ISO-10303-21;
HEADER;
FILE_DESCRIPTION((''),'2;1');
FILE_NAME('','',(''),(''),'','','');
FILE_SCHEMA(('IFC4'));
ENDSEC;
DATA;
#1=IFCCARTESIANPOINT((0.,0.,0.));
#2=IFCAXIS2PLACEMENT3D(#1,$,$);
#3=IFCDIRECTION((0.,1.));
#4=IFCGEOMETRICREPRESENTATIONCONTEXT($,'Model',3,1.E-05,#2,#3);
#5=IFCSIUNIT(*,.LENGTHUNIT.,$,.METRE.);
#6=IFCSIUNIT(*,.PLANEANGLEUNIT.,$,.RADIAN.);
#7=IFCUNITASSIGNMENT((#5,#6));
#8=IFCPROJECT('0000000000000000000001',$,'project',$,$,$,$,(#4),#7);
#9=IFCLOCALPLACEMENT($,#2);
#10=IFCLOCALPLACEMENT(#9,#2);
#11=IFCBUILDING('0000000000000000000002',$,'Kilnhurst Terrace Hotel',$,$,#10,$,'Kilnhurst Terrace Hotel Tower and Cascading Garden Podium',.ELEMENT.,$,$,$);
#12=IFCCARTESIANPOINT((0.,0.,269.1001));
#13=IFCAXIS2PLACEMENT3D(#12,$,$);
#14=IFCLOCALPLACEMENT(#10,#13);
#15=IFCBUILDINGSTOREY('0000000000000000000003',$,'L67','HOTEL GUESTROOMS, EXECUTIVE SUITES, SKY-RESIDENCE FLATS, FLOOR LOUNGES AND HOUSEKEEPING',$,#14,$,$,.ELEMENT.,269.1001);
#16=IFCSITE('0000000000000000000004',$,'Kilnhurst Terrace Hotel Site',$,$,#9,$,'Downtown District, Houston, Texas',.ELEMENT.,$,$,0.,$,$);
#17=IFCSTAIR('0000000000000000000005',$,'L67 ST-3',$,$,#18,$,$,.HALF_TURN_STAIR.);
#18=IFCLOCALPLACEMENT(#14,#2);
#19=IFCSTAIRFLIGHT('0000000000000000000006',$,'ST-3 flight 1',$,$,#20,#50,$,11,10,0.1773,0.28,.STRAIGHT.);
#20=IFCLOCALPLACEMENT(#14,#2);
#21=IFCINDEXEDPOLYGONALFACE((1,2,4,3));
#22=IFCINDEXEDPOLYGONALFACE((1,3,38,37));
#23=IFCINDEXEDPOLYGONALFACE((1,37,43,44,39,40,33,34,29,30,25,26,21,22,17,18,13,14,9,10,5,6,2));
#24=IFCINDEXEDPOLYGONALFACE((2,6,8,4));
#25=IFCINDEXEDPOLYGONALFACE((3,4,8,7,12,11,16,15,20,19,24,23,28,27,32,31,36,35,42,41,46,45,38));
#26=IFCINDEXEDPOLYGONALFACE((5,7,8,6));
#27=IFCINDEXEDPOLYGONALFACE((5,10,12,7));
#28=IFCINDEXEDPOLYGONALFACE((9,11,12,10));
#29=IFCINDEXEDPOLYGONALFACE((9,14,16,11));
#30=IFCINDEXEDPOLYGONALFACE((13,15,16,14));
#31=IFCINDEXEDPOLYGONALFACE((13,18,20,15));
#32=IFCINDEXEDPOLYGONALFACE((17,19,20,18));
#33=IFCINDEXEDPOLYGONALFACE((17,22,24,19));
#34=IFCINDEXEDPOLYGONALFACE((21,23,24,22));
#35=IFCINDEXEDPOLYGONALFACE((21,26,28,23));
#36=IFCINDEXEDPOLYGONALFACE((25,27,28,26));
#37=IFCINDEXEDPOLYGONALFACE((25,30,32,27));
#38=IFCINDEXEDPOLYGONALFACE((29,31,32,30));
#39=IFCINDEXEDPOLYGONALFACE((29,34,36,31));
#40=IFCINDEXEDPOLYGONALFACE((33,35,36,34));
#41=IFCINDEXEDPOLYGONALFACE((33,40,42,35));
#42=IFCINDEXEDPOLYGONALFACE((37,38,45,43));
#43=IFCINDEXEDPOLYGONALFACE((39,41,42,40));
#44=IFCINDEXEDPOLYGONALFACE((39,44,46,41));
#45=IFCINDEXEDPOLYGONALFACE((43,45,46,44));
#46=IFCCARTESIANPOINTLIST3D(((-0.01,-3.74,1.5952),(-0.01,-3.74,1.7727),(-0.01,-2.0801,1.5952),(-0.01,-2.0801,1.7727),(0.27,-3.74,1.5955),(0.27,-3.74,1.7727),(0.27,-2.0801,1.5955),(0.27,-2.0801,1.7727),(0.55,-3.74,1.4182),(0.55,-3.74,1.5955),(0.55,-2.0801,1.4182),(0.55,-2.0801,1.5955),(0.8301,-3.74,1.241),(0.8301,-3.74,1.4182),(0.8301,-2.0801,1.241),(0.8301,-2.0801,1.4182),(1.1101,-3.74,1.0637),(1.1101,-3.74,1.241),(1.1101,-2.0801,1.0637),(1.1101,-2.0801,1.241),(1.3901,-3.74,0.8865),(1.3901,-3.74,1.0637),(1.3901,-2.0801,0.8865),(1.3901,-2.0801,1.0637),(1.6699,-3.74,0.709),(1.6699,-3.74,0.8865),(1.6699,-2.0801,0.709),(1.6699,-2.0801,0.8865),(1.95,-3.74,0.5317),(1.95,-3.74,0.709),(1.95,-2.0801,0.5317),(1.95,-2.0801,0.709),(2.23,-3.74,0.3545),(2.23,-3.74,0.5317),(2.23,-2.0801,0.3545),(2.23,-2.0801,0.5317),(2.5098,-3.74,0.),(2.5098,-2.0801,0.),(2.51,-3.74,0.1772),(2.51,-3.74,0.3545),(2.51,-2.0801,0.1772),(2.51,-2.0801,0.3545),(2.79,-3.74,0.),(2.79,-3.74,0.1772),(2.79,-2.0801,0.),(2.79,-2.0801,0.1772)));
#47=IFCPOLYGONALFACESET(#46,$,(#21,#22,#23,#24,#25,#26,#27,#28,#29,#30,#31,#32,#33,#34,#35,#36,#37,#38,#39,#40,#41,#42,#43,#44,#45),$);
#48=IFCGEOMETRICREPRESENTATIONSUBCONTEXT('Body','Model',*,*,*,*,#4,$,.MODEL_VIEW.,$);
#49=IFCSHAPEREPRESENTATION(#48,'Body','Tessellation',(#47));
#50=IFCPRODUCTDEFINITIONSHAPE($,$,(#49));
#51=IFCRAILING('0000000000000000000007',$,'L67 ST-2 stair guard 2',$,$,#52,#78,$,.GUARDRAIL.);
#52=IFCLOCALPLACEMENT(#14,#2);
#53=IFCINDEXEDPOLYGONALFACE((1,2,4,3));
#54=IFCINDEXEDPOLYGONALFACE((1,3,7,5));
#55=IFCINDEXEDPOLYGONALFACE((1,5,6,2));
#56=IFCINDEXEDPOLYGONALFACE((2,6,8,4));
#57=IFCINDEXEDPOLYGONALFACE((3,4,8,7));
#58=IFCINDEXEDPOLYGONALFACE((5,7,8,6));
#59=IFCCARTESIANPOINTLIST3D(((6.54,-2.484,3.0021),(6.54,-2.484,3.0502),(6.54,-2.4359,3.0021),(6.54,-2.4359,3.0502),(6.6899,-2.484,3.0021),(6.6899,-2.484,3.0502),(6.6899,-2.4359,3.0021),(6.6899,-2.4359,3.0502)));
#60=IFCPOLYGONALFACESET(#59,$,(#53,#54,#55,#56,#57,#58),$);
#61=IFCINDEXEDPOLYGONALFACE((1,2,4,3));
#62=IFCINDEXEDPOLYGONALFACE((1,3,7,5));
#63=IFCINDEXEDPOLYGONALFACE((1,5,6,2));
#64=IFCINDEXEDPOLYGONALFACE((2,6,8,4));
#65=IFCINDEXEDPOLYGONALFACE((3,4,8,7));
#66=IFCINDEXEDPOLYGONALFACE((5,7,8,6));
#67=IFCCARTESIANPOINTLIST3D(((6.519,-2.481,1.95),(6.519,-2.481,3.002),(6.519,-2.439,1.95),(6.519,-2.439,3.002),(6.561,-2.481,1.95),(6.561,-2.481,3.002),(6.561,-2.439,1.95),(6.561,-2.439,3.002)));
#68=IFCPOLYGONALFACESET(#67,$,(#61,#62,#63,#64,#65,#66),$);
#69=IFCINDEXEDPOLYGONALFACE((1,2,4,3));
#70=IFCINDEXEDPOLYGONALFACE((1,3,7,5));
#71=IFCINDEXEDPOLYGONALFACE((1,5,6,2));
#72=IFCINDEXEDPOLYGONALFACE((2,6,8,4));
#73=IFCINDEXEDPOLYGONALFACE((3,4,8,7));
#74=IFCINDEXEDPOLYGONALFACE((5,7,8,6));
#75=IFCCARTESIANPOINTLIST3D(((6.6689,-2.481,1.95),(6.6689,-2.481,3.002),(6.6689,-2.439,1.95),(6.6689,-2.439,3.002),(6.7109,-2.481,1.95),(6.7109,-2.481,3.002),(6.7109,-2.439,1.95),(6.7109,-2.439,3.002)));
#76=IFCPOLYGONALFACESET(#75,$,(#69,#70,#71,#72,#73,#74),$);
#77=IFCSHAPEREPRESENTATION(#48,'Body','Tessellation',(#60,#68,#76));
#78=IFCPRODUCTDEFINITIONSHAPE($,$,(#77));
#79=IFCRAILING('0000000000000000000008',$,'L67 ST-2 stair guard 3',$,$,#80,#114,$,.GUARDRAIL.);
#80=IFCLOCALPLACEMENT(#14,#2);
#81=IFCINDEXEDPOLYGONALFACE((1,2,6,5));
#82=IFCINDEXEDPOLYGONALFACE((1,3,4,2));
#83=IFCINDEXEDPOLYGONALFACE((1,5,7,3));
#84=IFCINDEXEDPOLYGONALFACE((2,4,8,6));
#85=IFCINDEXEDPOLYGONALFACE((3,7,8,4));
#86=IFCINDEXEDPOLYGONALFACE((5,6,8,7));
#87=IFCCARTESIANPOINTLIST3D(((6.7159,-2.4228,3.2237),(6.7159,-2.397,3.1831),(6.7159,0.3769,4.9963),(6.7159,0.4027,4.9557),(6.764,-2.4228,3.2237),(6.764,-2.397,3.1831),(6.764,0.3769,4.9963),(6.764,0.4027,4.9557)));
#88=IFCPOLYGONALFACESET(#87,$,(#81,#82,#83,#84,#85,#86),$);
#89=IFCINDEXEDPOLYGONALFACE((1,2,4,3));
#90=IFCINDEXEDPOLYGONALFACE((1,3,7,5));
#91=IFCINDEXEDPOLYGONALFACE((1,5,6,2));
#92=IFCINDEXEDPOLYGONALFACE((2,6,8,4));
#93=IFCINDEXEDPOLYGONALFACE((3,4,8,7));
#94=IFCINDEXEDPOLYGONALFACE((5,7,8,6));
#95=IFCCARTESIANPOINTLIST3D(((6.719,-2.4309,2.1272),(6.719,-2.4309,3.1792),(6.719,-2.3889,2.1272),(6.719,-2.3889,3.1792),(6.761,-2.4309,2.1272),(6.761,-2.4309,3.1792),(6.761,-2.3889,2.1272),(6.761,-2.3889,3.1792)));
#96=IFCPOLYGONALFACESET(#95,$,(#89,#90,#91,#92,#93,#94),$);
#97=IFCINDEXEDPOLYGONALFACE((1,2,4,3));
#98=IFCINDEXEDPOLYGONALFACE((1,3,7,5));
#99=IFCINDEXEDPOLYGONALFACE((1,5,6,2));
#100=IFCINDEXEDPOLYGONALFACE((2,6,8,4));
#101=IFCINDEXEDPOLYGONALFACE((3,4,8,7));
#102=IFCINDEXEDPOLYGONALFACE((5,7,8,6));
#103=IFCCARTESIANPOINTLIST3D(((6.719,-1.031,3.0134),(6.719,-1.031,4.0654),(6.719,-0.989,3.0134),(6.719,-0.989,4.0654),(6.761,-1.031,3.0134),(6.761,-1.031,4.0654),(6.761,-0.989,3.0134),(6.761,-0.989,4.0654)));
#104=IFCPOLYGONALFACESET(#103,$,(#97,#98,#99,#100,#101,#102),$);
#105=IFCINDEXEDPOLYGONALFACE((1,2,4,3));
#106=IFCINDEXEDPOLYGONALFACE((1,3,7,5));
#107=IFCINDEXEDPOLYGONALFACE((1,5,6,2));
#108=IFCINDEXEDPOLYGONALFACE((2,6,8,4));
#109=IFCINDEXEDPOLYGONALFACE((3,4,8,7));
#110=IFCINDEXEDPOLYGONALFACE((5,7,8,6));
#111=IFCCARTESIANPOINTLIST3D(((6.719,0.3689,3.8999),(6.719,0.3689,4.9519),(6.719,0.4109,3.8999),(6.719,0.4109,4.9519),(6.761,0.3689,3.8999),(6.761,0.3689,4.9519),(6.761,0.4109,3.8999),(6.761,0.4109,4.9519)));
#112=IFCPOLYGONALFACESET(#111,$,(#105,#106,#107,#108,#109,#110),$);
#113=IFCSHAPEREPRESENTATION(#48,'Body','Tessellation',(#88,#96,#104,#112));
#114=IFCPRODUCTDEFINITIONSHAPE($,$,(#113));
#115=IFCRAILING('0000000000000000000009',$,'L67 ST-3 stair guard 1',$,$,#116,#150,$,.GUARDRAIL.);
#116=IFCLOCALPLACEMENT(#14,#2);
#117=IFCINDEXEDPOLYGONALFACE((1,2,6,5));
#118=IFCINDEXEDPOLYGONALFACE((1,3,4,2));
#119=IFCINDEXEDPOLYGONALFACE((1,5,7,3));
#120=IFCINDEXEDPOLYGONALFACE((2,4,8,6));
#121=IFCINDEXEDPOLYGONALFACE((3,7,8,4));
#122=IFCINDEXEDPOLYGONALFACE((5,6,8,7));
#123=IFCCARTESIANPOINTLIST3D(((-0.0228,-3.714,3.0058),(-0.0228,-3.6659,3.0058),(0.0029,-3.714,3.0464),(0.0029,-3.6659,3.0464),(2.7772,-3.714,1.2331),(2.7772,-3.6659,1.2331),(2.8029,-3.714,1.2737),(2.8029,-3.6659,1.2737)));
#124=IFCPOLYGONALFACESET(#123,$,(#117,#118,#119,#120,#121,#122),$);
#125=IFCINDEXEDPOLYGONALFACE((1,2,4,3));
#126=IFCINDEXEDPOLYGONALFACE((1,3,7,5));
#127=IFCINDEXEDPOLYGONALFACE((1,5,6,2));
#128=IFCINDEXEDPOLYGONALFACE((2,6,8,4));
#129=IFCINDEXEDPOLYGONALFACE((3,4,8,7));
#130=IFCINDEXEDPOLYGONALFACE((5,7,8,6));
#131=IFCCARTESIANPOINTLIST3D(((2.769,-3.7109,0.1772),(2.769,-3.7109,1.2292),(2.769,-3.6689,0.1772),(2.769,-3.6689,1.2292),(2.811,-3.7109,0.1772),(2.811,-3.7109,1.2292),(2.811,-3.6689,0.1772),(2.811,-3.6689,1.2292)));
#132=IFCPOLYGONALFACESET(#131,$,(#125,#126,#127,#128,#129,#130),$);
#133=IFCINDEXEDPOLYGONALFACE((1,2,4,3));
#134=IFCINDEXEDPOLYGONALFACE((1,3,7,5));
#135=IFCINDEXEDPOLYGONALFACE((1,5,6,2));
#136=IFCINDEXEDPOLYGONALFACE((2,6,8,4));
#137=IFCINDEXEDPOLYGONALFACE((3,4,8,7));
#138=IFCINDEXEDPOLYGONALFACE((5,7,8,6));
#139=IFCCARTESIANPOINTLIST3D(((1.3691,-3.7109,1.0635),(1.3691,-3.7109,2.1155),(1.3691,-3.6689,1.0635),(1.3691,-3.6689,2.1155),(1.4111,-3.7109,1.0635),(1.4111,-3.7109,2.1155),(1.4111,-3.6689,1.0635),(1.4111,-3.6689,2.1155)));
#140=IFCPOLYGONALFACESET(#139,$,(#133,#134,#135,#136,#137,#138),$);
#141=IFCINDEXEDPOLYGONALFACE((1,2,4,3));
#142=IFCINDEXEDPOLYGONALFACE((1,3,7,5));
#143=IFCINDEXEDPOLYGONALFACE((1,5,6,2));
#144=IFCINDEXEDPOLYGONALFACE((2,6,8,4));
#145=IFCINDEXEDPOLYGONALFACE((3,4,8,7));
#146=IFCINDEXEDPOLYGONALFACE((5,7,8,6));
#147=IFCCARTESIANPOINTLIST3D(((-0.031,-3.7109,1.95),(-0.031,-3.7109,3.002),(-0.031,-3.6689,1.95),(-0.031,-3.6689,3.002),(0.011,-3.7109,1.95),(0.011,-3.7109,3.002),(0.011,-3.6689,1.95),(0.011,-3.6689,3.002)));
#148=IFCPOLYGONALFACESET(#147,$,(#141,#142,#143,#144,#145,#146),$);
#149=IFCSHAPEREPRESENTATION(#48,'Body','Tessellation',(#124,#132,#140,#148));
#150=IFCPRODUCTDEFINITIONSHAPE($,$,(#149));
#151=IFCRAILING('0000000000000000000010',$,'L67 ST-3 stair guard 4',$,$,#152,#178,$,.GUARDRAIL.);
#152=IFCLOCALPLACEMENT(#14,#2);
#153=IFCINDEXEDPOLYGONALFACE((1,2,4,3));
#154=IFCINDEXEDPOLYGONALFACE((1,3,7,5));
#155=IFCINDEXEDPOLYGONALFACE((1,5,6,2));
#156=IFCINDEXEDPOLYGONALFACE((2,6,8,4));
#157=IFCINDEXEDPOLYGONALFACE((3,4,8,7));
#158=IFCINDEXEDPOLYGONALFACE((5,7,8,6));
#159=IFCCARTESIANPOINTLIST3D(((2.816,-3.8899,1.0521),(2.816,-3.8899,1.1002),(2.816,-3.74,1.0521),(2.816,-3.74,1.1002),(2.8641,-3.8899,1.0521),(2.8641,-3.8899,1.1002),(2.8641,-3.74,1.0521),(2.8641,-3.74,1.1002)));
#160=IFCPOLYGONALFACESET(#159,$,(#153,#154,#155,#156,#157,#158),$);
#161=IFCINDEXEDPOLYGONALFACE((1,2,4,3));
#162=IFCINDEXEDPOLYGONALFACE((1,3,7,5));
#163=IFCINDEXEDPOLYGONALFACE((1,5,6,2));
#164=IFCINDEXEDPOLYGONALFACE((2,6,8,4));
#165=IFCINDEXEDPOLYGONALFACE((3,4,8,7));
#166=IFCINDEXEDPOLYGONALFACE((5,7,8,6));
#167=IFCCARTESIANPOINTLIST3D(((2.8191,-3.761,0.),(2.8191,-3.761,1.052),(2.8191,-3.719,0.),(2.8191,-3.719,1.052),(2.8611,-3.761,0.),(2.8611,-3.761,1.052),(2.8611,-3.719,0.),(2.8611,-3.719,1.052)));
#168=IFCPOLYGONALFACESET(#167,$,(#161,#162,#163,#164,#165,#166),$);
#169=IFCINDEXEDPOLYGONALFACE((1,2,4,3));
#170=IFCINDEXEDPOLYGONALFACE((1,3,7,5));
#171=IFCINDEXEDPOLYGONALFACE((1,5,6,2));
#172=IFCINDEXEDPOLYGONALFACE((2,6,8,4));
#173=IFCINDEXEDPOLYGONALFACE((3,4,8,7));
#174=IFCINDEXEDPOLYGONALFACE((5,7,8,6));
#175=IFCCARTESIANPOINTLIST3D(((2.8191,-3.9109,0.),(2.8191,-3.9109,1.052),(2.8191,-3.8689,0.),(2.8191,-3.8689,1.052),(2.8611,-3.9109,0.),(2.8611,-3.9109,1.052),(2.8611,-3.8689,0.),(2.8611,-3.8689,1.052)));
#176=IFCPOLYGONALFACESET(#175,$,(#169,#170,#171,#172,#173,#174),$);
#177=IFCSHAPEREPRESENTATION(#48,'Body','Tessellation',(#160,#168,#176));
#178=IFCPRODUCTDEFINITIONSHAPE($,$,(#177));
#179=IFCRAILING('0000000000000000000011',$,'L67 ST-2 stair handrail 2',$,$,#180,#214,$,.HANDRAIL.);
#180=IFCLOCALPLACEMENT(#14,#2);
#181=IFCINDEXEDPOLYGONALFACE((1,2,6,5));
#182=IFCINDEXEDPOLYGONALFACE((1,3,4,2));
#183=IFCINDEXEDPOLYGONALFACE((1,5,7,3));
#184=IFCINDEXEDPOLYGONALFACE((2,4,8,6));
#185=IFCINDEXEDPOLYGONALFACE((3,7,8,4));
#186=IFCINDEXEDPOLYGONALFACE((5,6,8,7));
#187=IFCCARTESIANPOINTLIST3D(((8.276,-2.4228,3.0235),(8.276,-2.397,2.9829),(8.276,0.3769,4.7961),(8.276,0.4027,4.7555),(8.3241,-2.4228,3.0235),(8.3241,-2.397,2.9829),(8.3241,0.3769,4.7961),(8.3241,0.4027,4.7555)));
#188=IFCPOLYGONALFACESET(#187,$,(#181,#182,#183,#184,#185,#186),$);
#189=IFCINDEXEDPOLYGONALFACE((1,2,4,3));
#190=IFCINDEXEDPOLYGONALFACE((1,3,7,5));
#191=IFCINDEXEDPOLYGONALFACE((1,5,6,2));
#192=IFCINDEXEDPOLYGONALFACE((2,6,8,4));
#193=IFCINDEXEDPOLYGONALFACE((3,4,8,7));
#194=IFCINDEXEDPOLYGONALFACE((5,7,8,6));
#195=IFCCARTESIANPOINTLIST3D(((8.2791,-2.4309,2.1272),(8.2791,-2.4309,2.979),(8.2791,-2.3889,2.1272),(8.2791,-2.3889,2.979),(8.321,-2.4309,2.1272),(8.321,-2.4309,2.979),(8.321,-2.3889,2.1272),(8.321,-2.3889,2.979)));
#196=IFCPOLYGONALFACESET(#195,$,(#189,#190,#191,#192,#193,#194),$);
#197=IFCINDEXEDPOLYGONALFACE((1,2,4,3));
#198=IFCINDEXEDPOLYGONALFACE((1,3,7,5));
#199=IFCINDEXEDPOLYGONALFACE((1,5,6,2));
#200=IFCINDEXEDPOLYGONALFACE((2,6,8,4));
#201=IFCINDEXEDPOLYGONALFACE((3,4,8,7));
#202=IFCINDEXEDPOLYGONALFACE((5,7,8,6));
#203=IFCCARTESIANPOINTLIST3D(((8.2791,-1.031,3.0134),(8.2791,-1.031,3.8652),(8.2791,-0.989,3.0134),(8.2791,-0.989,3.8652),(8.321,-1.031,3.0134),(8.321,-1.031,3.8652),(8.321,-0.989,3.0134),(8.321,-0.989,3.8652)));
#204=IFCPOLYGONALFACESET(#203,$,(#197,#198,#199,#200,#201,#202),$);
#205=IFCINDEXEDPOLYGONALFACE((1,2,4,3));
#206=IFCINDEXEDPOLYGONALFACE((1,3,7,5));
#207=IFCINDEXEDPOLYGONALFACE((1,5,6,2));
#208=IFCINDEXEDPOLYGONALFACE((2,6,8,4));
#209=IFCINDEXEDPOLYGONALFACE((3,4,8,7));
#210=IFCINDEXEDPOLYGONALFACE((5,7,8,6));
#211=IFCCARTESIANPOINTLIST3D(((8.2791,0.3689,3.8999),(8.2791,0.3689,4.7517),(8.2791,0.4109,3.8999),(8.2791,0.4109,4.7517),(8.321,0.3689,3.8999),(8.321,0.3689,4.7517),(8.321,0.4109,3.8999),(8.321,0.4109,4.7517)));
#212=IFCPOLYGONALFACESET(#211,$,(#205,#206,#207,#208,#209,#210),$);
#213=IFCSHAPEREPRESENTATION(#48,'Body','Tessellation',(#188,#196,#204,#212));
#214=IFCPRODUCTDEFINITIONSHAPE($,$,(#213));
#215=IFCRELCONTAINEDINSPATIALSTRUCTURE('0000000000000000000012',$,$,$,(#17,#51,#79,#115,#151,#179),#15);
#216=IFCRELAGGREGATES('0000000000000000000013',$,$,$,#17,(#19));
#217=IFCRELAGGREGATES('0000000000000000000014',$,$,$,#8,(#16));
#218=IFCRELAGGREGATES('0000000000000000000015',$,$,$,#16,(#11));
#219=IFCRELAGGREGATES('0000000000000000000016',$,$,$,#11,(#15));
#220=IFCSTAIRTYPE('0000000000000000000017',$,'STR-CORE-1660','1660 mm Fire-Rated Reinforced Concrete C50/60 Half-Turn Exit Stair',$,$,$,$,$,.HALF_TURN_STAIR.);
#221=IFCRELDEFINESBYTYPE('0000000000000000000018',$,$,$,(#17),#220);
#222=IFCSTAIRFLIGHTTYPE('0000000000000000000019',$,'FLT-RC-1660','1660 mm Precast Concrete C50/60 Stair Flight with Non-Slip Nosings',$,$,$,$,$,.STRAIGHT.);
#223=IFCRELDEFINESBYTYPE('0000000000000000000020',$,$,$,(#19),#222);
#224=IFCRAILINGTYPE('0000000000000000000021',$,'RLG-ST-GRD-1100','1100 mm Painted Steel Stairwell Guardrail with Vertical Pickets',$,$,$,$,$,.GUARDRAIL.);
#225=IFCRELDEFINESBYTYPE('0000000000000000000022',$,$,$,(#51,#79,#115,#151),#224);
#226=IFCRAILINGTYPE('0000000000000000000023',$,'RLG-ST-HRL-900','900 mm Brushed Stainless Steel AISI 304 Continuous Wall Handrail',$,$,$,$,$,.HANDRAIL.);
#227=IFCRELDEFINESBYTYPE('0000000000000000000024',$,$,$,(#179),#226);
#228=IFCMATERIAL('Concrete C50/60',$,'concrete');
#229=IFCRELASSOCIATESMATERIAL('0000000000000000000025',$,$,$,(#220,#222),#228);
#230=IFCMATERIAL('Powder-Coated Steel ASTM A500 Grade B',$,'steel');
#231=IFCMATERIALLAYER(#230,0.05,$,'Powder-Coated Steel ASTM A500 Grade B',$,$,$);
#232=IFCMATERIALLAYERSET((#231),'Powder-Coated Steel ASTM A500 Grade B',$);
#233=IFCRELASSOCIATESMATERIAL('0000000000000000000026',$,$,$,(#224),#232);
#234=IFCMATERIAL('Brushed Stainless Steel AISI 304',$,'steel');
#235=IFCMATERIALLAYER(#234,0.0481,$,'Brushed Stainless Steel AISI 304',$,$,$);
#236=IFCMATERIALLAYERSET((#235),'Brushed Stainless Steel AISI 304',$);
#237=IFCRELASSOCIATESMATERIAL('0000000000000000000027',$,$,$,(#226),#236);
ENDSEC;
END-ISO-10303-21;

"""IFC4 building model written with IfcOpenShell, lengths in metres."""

from ifc_helpers import new_model, si_unit, direction, frame, origin, origin_2d, place, context, subcontext, project, spatial, polyline, rectangle, outline, extrude, material, layer, layer_set, type_object, element, aggregate, save


model = new_model("IFC4")

# Units and contexts
model_context = context("Model", 3, precision=1e-05, world=origin(), true_north=direction((0.0, 1.0)))
body_context = subcontext(model_context, "Body", "Model", "MODEL_VIEW")
ifc_project = project(units=[si_unit("LENGTHUNIT", "METRE"), si_unit("PLANEANGLEUNIT", "RADIAN")], contexts=[model_context])

# Site, building, storey
site_placement = place(None, origin())
site = spatial("IfcSite", under=ifc_project, at=site_placement, Name="Kilnhurst Terrace Hotel Site", LongName="Downtown District, Houston, Texas", CompositionType="ELEMENT", RefElevation=0.0)
building_placement = place(site_placement, origin())
building = spatial("IfcBuilding", under=site, at=building_placement, Name="Kilnhurst Terrace Hotel", LongName="Kilnhurst Terrace Hotel Tower and Cascading Garden Podium", CompositionType="ELEMENT")
storey_placement = place(building_placement, frame((0.0, 0.0, 269.1001)))
storey = spatial("IfcBuildingStorey", under=building, at=storey_placement, Name="L67", Description="HOTEL GUESTROOMS, EXECUTIVE SUITES, SKY-RESIDENCE FLATS, FLOOR LOUNGES AND HOUSEKEEPING", CompositionType="ELEMENT", Elevation=269.1001)

# Shared definitions
ifc_material_1 = material(Name="Concrete C50/60", Category="concrete")

# Stair, stair flight
stair_type = type_object("IfcStairType", Name="STR-CORE-1660", Description="1660 mm Fire-Rated Reinforced Concrete C50/60 Half-Turn Exit Stair", PredefinedType="HALF_TURN_STAIR", material=ifc_material_1)
stair_flight_type = type_object("IfcStairFlightType", Name="FLT-RC-1660", Description="1660 mm Precast Concrete C50/60 Stair Flight with Non-Slip Nosings", PredefinedType="STRAIGHT", material=ifc_material_1)
stair_1_placement = place(storey_placement, origin())
stair_1 = element("IfcStair", 1, at=stair_1_placement, inside=storey, type_object=stair_type, Name="L67 ST-3", PredefinedType="HALF_TURN_STAIR")
stair_flight_1_placement = place(storey_placement, frame((2.79, -2.9099, 0.0), z_axis=(0.0, 0.0, 1.0), x_axis=(-1.0, 0.0, 0.0)))
stair_flight_1 = element("IfcStairFlight", 2, at=stair_flight_1_placement, type_object=stair_flight_type, Name="ST-3 flight 1", NumberOfRisers=11, NumberOfTreads=10, PredefinedType="STRAIGHT", RiserHeight=0.1773, TreadLength=0.28, context=body_context, shape_type="SweptSolid", body=[
    extrude(outline(polyline([(0.0, 0.0), (0.0, 0.1772), (0.28, 0.1772), (0.28, 0.3545), (0.5601, 0.3545), (0.5601, 0.5317), (0.8401, 0.5317), (0.8401, 0.709), (1.1201, 0.709), (1.1201, 0.8865), (1.3999, 0.8865), (1.3999, 1.0637), (1.6799, 1.0637), (1.6799, 1.241), (1.96, 1.241), (1.96, 1.4182), (2.24, 1.4182), (2.24, 1.5955), (2.52, 1.5955), (2.52, 1.7727), (2.8, 1.7727), (2.8, 1.95), (2.8, 1.5952), (0.2803, 0.0), (0.0, 0.0)])), frame((0.0, 0.8301, 0.0), z_axis=(0.0, -1.0, 0.0), x_axis=(1.0, 0.0, 0.0)), (0.0, 0.0, 1.0), 1.6599),
])
aggregate(stair_1, [stair_flight_1])

# Railings
ifc_material_2 = material(Name="Powder-Coated Steel ASTM A500 Grade B", Category="steel")
ifc_layer_1 = layer(ifc_material_2, 0.05, Name="Powder-Coated Steel ASTM A500 Grade B")
ifc_layer_set_1 = layer_set([ifc_layer_1], Name="Powder-Coated Steel ASTM A500 Grade B")
railing_type_1 = type_object("IfcRailingType", Name="RLG-ST-GRD-1100", Description="1100 mm Painted Steel Stairwell Guardrail with Vertical Pickets", PredefinedType="GUARDRAIL", material=ifc_layer_set_1)
railing_1_placement = place(storey_placement, frame((6.54, -2.46, 1.95)))
element("IfcRailing", 3, at=railing_1_placement, inside=storey, type_object=railing_type_1, Name="L67 ST-2 stair guard 2", PredefinedType="GUARDRAIL", context=body_context, shape_type="SweptSolid", body=[
    extrude(rectangle(XDim=0.0481, YDim=0.0481, at=origin_2d()), frame((0.0, 0.0, 1.0762), z_axis=(1.0, 0.0, 0.0), x_axis=(0.0, 1.0, 0.0)), (0.0, 0.0, 1.0), 0.1499),
    extrude(rectangle(XDim=0.042, YDim=0.042, at=origin_2d()), origin(), (0.0, 0.0, 1.0), 1.052),
    extrude(rectangle(XDim=0.042, YDim=0.042, at=origin_2d()), frame((0.1499, 0.0, 0.0)), (0.0, 0.0, 1.0), 1.052),
])
railing_2_placement = place(storey_placement, frame((6.74, -2.4099, 2.1272)))
element("IfcRailing", 4, at=railing_2_placement, inside=storey, type_object=railing_type_1, Name="L67 ST-2 stair guard 3", PredefinedType="GUARDRAIL", context=body_context, shape_type="SweptSolid", body=[
    extrude(rectangle(XDim=0.0481, YDim=0.0481, at=origin_2d()), frame((0.0, 0.0, 1.0762), z_axis=(0.0, 0.844888, 0.534943), x_axis=(-1.0, 0.0, 0.0)), (0.0, 0.0, 1.0), 3.3137),
    extrude(rectangle(XDim=0.042, YDim=0.042, at=origin_2d()), origin(), (0.0, 0.0, 1.0), 1.052),
    extrude(rectangle(XDim=0.042, YDim=0.042, at=origin_2d()), frame((0.0, 1.3999, 0.8862)), (0.0, 0.0, 1.0), 1.052),
    extrude(rectangle(XDim=0.042, YDim=0.042, at=origin_2d()), frame((0.0, 2.7998, 1.7727)), (0.0, 0.0, 1.0), 1.052),
])
railing_3_placement = place(storey_placement, frame((2.79, -3.6899, 0.1772)))
element("IfcRailing", 5, at=railing_3_placement, inside=storey, type_object=railing_type_1, Name="L67 ST-3 stair guard 1", PredefinedType="GUARDRAIL", context=body_context, shape_type="SweptSolid", body=[
    extrude(rectangle(XDim=0.0481, YDim=0.0481, at=origin_2d()), frame((0.0, 0.0, 1.0762), z_axis=(-0.844909, 0.0, 0.53491), x_axis=(0.0, -1.0, 0.0)), (0.0, 0.0, 1.0), 3.314),
    extrude(rectangle(XDim=0.042, YDim=0.042, at=origin_2d()), origin(), (0.0, 0.0, 1.0), 1.052),
    extrude(rectangle(XDim=0.042, YDim=0.042, at=origin_2d()), frame((-1.3999, 0.0, 0.8862)), (0.0, 0.0, 1.0), 1.052),
    extrude(rectangle(XDim=0.042, YDim=0.042, at=origin_2d()), frame((-2.8, 0.0, 1.7727)), (0.0, 0.0, 1.0), 1.052),
])
railing_4_placement = place(storey_placement, frame((2.8401, -3.74, 0.0)))
element("IfcRailing", 6, at=railing_4_placement, inside=storey, type_object=railing_type_1, Name="L67 ST-3 stair guard 4", PredefinedType="GUARDRAIL", context=body_context, shape_type="SweptSolid", body=[
    extrude(rectangle(XDim=0.0481, YDim=0.0481, at=origin_2d()), frame((0.0, 0.0, 1.0762), z_axis=(0.0, -1.0, 0.0), x_axis=(1.0, 0.0, 0.0)), (0.0, 0.0, 1.0), 0.1499),
    extrude(rectangle(XDim=0.042, YDim=0.042, at=origin_2d()), origin(), (0.0, 0.0, 1.0), 1.052),
    extrude(rectangle(XDim=0.042, YDim=0.042, at=origin_2d()), frame((0.0, -0.1499, 0.0)), (0.0, 0.0, 1.0), 1.052),
])
ifc_material_3 = material(Name="Brushed Stainless Steel AISI 304", Category="steel")
ifc_layer_2 = layer(ifc_material_3, 0.0481, Name="Brushed Stainless Steel AISI 304")
ifc_layer_set_2 = layer_set([ifc_layer_2], Name="Brushed Stainless Steel AISI 304")
railing_type_2 = type_object("IfcRailingType", Name="RLG-ST-HRL-900", Description="900 mm Brushed Stainless Steel AISI 304 Continuous Wall Handrail", PredefinedType="HANDRAIL", material=ifc_layer_set_2)
railing_5_placement = place(storey_placement, frame((8.3, -2.4099, 2.1272)))
element("IfcRailing", 7, at=railing_5_placement, inside=storey, type_object=railing_type_2, Name="L67 ST-2 stair handrail 2", PredefinedType="HANDRAIL", context=body_context, shape_type="SweptSolid", body=[
    extrude(rectangle(XDim=0.0481, YDim=0.0481, at=origin_2d()), frame((0.0, 0.0, 0.876), z_axis=(0.0, 0.844888, 0.534943), x_axis=(-1.0, 0.0, 0.0)), (0.0, 0.0, 1.0), 3.3137),
    extrude(rectangle(XDim=0.042, YDim=0.042, at=origin_2d()), origin(), (0.0, 0.0, 1.0), 0.8518),
    extrude(rectangle(XDim=0.042, YDim=0.042, at=origin_2d()), frame((0.0, 1.3999, 0.8862)), (0.0, 0.0, 1.0), 0.8518),
    extrude(rectangle(XDim=0.042, YDim=0.042, at=origin_2d()), frame((0.0, 2.7998, 1.7727)), (0.0, 0.0, 1.0), 0.8518),
])

save(model, "model.ifc")
